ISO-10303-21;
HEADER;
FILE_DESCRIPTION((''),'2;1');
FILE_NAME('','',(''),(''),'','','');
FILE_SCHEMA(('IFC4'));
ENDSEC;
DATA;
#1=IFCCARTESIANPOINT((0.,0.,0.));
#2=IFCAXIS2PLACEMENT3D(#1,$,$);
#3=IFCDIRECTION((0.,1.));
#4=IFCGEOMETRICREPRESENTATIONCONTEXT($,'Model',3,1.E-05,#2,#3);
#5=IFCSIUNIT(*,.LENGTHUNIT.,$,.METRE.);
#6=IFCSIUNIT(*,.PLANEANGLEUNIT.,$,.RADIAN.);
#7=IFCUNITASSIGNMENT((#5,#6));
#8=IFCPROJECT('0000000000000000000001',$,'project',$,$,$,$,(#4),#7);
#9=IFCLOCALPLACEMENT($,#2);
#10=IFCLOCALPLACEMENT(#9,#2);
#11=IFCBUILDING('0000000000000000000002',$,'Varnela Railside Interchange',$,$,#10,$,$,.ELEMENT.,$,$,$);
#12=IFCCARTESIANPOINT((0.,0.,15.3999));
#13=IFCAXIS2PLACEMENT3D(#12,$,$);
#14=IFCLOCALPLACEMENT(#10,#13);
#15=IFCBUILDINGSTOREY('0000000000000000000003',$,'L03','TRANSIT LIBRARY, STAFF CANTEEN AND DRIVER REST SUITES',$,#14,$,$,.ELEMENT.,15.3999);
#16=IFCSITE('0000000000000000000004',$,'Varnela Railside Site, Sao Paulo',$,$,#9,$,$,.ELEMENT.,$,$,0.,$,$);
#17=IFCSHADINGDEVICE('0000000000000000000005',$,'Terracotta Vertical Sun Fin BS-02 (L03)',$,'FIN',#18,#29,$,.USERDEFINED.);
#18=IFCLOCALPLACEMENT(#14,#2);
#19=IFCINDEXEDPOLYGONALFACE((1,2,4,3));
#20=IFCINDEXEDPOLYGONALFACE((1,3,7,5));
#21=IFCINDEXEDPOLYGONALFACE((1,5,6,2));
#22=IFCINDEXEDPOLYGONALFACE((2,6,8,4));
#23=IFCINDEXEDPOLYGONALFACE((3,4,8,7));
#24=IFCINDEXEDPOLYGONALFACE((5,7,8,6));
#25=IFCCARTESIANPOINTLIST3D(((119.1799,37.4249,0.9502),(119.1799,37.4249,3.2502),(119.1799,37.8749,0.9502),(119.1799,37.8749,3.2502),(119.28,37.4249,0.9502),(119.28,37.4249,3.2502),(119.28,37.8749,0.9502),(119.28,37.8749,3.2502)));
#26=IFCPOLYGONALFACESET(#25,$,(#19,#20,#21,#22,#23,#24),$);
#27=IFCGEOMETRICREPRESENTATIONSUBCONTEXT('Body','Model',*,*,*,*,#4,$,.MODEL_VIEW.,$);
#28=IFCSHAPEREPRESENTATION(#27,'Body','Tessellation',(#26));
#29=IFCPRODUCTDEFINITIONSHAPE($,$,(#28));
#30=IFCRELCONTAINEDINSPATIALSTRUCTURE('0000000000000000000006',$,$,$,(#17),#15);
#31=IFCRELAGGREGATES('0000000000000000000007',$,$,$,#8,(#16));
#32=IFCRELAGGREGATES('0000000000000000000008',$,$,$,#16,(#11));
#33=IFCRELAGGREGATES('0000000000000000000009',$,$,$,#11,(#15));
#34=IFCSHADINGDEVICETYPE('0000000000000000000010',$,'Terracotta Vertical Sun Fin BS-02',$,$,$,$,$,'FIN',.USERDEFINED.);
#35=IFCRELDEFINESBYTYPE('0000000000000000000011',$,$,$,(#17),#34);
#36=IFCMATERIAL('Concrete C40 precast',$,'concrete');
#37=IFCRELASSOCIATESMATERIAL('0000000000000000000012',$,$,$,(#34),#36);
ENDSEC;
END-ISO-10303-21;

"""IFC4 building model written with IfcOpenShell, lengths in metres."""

from ifc_helpers import new_model, si_unit, direction, frame, origin, origin_2d, place, context, subcontext, project, spatial, rectangle, extrude, material, type_object, element, save


model = new_model("IFC4")

# Units and contexts
model_context = context("Model", 3, precision=1e-05, world=origin(), true_north=direction((0.0, 1.0)))
body_context = subcontext(model_context, "Body", "Model", "MODEL_VIEW")
ifc_project = project(units=[si_unit("LENGTHUNIT", "METRE"), si_unit("PLANEANGLEUNIT", "RADIAN")], contexts=[model_context])

# Site, building, storey
site_placement = place(None, origin())
site = spatial("IfcSite", under=ifc_project, at=site_placement, Name="Varnela Railside Site, Sao Paulo", CompositionType="ELEMENT", RefElevation=0.0)
building_placement = place(site_placement, origin())
building = spatial("IfcBuilding", under=site, at=building_placement, Name="Varnela Railside Interchange", CompositionType="ELEMENT")
storey_placement = place(building_placement, frame((0.0, 0.0, 15.3999)))
storey = spatial("IfcBuildingStorey", under=building, at=storey_placement, Name="L03", Description="TRANSIT LIBRARY, STAFF CANTEEN AND DRIVER REST SUITES", CompositionType="ELEMENT", Elevation=15.3999)

# Shared definitions
ifc_material_1 = material(Name="Concrete C40 precast", Category="concrete")

# Shading device
shading_device_type = type_object("IfcShadingDeviceType", Name="Terracotta Vertical Sun Fin BS-02", ElementType="FIN", PredefinedType="USERDEFINED", material=ifc_material_1)
for number, where, z_axis, x_axis, name in (
    (1, (119.23, 37.6499, 0.9502), (0.0, 0.0, 1.0), (0.0, -1.0, 0.0), "Terracotta Vertical Sun Fin BS-02 (L03)"),
):
    element("IfcShadingDevice", number, at=place(storey_placement, frame(where, z_axis=z_axis, x_axis=x_axis)), inside=storey, type_object=shading_device_type, Name=name, ObjectType="FIN", PredefinedType="USERDEFINED", context=body_context, shape_type="SweptSolid", body=[
        extrude(rectangle(XDim=0.45, YDim=0.1001, at=origin_2d()), origin(), (0.0, 0.0, 1.0), 2.3),
    ])

save(model, "model.ifc")
